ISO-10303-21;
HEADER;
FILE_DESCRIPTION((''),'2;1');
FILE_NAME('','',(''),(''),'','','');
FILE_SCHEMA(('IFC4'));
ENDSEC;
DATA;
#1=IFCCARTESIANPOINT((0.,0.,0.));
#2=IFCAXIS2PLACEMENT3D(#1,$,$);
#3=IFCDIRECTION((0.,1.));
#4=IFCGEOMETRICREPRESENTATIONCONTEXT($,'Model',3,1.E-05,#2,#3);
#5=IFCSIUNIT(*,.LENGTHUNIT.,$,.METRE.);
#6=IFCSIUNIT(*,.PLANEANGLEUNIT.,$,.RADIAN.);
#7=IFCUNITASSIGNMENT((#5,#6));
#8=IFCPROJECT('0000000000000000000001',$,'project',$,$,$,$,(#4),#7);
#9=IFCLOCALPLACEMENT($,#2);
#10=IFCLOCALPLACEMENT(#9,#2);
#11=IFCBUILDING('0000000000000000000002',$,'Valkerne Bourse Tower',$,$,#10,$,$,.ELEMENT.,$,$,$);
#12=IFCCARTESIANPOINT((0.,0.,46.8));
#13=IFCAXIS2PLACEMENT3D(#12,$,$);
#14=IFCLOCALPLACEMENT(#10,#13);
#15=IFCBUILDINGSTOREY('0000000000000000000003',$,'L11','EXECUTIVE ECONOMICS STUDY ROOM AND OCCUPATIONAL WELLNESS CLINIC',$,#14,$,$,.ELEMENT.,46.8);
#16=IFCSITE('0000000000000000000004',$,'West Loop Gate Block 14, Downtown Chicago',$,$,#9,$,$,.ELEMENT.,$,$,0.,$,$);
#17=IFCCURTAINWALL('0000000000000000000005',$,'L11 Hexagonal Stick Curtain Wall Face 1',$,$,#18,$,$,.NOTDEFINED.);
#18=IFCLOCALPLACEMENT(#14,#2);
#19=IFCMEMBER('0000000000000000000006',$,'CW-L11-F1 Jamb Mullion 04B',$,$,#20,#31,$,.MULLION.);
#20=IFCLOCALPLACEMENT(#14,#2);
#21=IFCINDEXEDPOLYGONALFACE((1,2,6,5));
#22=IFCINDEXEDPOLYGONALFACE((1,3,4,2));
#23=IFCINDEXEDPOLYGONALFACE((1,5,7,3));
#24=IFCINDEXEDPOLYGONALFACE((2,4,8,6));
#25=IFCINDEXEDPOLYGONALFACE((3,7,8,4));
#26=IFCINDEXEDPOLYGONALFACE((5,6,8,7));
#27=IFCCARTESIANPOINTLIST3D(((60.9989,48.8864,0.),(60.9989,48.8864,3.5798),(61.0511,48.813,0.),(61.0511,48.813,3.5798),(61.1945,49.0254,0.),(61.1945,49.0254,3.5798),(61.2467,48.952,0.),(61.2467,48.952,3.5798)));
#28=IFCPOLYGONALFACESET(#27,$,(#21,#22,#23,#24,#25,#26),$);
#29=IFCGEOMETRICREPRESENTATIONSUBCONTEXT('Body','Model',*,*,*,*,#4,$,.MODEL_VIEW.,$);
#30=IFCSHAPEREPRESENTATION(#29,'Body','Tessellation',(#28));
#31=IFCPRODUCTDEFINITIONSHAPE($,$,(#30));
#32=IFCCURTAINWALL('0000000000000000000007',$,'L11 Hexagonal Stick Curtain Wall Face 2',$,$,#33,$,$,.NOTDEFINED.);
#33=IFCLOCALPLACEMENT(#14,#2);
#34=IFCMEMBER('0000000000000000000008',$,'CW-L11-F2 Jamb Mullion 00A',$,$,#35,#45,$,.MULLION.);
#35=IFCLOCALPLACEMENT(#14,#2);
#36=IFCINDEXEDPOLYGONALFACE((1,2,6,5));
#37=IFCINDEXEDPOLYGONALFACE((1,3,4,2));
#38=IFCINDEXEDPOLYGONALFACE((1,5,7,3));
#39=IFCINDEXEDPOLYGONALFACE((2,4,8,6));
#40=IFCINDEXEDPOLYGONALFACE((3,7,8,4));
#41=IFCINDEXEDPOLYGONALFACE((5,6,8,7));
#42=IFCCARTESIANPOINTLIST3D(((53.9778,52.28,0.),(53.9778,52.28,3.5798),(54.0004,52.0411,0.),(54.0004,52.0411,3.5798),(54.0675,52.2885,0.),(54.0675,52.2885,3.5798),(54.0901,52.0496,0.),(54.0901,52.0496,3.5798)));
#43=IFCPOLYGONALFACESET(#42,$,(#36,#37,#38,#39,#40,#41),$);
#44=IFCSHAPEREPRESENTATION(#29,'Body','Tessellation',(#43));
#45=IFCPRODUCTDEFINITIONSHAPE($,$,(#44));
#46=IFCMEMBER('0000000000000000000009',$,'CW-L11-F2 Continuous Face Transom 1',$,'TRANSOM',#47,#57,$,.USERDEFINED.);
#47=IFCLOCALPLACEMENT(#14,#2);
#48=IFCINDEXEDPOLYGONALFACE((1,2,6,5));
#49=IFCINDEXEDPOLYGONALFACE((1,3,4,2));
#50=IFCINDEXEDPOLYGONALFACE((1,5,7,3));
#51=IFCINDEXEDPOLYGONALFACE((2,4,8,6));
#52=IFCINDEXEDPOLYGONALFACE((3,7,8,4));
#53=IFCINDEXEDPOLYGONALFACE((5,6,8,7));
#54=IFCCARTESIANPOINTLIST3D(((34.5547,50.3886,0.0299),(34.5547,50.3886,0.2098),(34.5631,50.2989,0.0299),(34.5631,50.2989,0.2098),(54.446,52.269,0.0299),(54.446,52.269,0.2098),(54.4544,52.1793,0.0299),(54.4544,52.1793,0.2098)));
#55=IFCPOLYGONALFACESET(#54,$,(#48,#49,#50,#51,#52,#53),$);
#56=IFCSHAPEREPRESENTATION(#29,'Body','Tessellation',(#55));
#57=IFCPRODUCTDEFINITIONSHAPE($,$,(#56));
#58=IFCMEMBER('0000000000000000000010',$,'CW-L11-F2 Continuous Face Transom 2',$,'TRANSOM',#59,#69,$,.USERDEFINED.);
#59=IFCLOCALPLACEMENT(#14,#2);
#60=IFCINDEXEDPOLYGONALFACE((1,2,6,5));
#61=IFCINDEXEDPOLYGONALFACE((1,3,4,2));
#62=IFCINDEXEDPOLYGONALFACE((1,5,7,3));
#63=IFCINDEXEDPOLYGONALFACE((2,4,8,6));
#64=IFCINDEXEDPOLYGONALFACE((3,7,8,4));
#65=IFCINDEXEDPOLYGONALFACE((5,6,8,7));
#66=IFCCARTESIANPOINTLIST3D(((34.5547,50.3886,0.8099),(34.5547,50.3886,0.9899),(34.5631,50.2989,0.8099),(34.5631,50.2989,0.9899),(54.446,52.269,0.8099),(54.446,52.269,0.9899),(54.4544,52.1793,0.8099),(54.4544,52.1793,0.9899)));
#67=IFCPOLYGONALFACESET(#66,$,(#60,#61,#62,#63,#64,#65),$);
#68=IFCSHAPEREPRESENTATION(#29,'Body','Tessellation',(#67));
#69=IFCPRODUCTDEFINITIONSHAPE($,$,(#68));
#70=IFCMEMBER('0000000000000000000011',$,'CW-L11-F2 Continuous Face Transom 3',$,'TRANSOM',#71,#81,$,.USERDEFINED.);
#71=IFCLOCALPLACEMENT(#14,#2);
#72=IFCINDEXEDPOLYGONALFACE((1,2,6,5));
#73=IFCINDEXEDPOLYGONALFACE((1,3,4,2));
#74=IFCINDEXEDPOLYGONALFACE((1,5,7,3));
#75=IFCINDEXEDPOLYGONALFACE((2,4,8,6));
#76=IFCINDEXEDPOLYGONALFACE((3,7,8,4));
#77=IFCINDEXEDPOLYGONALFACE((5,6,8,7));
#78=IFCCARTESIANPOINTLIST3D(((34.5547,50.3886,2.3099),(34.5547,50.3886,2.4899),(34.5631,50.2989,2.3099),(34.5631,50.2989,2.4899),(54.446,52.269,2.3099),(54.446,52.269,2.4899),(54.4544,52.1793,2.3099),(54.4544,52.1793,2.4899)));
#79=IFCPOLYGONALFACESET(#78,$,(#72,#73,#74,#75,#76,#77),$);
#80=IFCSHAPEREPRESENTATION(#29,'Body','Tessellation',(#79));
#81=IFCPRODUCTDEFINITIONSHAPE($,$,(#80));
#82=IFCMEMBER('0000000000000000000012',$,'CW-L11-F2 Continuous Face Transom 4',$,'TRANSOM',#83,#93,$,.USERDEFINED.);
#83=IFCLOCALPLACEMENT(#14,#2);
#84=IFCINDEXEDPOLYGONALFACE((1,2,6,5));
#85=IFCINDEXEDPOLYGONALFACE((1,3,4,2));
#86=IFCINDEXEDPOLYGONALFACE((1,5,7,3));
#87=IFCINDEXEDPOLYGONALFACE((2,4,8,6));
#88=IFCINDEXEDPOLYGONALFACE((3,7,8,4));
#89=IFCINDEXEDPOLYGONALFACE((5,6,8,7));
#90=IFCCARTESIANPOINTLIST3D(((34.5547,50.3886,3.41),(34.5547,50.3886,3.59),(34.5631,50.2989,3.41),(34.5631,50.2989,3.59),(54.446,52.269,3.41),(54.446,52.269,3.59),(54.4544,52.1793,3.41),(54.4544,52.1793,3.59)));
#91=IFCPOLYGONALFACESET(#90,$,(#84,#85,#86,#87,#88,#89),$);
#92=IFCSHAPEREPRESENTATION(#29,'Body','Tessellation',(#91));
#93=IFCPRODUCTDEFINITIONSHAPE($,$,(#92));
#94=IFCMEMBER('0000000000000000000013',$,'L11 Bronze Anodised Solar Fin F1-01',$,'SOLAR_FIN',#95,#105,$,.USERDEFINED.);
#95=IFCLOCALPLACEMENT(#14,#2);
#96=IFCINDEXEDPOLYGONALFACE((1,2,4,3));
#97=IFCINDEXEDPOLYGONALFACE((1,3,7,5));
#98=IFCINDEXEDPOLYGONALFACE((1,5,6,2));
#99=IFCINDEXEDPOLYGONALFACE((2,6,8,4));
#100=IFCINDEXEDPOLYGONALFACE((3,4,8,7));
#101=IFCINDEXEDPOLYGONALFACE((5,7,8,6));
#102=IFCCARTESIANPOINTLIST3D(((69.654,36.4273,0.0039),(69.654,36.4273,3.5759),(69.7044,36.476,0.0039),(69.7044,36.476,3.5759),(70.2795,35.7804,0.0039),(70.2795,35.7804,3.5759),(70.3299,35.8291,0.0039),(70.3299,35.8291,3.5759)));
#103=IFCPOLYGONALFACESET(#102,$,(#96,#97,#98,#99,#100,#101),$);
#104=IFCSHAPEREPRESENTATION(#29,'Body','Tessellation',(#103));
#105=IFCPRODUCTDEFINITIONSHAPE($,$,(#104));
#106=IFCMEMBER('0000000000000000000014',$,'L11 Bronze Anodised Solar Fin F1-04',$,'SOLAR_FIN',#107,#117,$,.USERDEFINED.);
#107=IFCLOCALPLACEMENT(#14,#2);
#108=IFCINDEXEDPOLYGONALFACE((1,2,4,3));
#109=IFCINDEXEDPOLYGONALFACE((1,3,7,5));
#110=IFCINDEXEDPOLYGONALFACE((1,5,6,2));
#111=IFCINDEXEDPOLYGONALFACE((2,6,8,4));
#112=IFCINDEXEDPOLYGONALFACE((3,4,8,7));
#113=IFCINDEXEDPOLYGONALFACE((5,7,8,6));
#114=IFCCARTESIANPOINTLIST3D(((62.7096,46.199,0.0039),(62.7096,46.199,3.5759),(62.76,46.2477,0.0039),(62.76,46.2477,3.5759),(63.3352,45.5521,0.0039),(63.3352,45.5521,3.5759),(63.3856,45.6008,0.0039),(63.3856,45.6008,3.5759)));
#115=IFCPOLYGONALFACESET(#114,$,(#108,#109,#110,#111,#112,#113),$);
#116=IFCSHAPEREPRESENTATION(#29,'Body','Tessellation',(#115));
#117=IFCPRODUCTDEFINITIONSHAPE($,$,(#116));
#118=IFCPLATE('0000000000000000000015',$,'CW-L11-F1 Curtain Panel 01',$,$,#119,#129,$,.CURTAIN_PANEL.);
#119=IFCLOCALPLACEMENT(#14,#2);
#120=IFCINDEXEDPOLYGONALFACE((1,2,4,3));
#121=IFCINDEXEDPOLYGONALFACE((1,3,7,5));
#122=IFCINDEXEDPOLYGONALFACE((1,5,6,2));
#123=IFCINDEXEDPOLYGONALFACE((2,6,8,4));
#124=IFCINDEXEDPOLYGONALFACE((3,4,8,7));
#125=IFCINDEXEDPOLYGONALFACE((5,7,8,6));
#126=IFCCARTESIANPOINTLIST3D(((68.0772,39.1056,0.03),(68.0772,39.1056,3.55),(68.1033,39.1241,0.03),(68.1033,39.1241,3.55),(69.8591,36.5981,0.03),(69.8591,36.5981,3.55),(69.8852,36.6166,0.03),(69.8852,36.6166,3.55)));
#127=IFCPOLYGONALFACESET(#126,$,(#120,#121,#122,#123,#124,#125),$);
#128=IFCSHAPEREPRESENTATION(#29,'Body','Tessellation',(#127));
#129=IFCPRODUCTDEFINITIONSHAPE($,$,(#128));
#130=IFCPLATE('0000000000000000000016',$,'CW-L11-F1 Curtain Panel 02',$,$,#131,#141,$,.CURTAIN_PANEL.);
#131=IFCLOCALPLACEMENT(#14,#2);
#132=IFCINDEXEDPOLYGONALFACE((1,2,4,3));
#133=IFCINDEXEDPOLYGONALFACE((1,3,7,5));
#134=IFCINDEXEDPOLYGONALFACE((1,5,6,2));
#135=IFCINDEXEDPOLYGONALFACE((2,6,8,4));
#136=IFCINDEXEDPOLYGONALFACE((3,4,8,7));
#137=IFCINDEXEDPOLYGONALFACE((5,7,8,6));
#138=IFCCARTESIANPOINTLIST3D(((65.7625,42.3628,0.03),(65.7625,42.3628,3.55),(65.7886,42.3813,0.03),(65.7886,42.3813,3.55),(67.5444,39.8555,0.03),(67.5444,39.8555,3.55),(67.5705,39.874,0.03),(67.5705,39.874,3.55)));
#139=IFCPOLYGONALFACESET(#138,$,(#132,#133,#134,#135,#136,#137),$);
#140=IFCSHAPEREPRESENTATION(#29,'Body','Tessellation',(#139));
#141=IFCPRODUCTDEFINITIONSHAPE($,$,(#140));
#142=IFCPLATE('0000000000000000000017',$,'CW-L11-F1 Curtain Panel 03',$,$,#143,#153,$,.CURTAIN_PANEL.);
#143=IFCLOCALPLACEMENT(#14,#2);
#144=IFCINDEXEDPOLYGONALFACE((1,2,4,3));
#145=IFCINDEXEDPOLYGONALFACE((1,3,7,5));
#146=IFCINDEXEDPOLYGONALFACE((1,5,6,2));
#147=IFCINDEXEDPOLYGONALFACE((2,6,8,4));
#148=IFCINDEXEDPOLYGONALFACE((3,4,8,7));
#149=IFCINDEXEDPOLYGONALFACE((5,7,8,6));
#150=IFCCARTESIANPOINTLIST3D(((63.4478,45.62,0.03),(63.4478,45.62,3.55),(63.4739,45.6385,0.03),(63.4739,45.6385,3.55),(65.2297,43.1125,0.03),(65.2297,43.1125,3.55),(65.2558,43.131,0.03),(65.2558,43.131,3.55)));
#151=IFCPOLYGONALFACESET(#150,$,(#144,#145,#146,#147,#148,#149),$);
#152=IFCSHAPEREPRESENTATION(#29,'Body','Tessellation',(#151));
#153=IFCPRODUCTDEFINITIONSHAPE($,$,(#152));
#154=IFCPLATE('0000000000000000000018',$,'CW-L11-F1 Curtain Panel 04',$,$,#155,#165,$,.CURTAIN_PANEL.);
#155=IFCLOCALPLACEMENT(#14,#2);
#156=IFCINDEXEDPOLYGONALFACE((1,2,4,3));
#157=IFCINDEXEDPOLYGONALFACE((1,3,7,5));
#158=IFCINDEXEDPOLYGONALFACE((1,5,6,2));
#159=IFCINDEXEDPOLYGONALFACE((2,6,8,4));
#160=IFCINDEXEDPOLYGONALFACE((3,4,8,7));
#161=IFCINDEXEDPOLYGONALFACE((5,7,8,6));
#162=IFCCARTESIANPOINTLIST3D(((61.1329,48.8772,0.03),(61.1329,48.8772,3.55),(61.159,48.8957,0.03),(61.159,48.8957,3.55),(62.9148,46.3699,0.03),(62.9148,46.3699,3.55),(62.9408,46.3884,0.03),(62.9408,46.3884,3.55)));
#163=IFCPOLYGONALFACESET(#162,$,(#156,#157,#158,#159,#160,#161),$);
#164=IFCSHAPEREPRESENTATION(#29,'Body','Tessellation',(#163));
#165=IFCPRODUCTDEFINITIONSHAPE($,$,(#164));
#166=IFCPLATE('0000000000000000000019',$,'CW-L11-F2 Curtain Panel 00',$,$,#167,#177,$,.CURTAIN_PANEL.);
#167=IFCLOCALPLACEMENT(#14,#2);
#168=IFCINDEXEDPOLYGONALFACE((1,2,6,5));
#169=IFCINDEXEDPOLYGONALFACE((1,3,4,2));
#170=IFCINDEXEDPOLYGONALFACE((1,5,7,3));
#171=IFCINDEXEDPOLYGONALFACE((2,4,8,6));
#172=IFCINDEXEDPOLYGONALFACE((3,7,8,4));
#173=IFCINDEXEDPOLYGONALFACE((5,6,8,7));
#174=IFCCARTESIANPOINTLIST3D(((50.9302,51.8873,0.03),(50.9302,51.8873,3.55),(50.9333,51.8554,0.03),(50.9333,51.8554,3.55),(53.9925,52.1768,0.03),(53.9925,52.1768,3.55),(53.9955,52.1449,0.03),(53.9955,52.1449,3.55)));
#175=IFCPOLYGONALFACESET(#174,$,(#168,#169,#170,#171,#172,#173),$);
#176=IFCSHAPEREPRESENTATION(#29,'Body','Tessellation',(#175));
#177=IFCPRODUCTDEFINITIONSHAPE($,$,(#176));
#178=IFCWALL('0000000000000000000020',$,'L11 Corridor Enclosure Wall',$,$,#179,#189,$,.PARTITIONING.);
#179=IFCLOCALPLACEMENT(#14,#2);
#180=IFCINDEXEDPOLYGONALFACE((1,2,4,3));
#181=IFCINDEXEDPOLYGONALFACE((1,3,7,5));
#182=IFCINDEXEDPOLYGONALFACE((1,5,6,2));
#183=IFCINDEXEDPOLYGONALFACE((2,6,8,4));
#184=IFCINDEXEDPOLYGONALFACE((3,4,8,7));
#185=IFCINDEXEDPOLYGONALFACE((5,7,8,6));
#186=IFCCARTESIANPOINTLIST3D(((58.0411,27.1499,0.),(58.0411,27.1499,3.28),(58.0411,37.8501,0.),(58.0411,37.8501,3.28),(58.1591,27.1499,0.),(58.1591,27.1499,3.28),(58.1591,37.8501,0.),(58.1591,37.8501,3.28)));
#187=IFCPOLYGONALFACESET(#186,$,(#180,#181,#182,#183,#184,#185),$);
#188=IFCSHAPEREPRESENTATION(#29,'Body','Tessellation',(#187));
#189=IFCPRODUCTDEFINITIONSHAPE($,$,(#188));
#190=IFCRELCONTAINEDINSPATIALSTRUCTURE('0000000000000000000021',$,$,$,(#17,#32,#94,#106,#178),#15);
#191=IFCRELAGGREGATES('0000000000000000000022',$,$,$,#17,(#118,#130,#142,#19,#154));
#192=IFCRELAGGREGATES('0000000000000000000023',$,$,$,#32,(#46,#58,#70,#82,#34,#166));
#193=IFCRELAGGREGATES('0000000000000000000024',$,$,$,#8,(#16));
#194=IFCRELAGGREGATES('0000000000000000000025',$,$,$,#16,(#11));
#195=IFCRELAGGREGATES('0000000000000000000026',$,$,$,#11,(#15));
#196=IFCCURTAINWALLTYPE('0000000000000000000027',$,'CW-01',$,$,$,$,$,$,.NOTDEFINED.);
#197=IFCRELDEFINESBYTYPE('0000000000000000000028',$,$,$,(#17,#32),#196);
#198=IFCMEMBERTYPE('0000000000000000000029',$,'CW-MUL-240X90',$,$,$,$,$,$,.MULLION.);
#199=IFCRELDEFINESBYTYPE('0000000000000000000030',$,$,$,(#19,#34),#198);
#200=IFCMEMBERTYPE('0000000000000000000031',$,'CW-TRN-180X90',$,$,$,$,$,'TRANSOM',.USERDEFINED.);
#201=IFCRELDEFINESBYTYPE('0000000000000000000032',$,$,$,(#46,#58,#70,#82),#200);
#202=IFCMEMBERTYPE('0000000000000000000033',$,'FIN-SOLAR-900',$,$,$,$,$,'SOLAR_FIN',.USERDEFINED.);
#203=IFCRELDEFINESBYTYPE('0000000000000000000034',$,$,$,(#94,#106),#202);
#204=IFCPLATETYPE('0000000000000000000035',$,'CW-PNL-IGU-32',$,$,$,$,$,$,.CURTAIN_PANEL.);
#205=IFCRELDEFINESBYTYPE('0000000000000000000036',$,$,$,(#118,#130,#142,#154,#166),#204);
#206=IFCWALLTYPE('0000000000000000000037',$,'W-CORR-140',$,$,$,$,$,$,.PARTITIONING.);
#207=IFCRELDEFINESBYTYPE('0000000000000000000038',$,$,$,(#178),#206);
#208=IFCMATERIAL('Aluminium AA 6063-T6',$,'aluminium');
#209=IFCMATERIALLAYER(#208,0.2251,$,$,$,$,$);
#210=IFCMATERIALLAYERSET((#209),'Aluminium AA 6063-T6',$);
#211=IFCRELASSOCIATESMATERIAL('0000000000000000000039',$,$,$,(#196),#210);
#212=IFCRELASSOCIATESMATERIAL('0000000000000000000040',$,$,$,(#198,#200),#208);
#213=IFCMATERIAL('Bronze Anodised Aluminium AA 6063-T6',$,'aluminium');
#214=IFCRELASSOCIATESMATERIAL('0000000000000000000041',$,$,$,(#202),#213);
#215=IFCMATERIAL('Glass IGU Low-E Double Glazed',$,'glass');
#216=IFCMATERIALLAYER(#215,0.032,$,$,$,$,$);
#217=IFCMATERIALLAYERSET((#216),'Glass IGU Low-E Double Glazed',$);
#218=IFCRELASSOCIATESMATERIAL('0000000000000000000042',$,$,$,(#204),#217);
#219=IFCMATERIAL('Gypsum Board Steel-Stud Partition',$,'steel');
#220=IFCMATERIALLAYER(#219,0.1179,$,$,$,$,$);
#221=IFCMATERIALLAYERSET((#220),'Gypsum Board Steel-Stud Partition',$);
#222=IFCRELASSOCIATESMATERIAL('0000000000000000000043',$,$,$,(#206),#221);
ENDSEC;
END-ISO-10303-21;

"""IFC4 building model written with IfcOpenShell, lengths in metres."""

from ifc_helpers import new_model, si_unit, direction, frame, frame_2d, origin, origin_2d, place, context, subcontext, project, spatial, rectangle, extrude, material, layer, layer_set, material_profile, profile_set, type_object, element, aggregate, save


model = new_model("IFC4")

# Units and contexts
model_context = context("Model", 3, precision=1e-05, world=origin(), true_north=direction((0.0, 1.0)))
body_context = subcontext(model_context, "Body", "Model", "MODEL_VIEW")
ifc_project = project(units=[si_unit("LENGTHUNIT", "METRE"), si_unit("PLANEANGLEUNIT", "RADIAN")], contexts=[model_context])

# Site, building, storey
site_placement = place(None, origin())
site = spatial("IfcSite", under=ifc_project, at=site_placement, Name="West Loop Gate Block 14, Downtown Chicago", CompositionType="ELEMENT", RefElevation=0.0)
building_placement = place(site_placement, origin())
building = spatial("IfcBuilding", under=site, at=building_placement, Name="Valkerne Bourse Tower", CompositionType="ELEMENT")
storey_placement = place(building_placement, frame((0.0, 0.0, 46.8)))
storey = spatial("IfcBuildingStorey", under=building, at=storey_placement, Name="L11", Description="EXECUTIVE ECONOMICS STUDY ROOM AND OCCUPATIONAL WELLNESS CLINIC", CompositionType="ELEMENT", Elevation=46.8)

# Curtain walls, members
ifc_material_1 = material(Name="Aluminium AA 6063-T6", Category="aluminium")
ifc_layer_1 = layer(ifc_material_1, 0.2251)
ifc_layer_set_1 = layer_set([ifc_layer_1], Name="Aluminium AA 6063-T6")
curtain_wall_type = type_object("IfcCurtainWallType", Name="CW-01", PredefinedType="NOTDEFINED", material=ifc_layer_set_1)
curtain_wall_1_placement = place(storey_placement, origin())
curtain_wall_1 = element("IfcCurtainWall", 1, at=curtain_wall_1_placement, inside=storey, type_object=curtain_wall_type, Name="L11 Hexagonal Stick Curtain Wall Face 1", PredefinedType="NOTDEFINED")
ifc_material_profile_1 = material_profile(ifc_material_1, rectangle(XDim=0.0901, YDim=0.24, at=origin_2d()), Name="CWM-90X240")
ifc_profile_set_1 = profile_set([ifc_material_profile_1], Name="Aluminium AA 6063-T6")
member_type_1 = type_object("IfcMemberType", Name="CW-MUL-240X90", PredefinedType="MULLION", material=ifc_profile_set_1)
member_1_placement = place(storey_placement, frame((61.1228, 48.9192, 0.0), z_axis=(0.0, 0.0, 1.0), x_axis=(-0.579286, 0.815124, 0.0)))
member_1 = element("IfcMember", 2, at=member_1_placement, type_object=member_type_1, Name="CW-L11-F1 Jamb Mullion 04B", PredefinedType="MULLION", context=body_context, shape_type="SweptSolid", body=[
    extrude(rectangle(XDim=0.0901, YDim=0.24, at=origin_2d()), origin(), (0.0, 0.0, 1.0), 3.5798),
])
curtain_wall_2_placement = place(storey_placement, origin())
curtain_wall_2 = element("IfcCurtainWall", 3, at=curtain_wall_2_placement, inside=storey, type_object=curtain_wall_type, Name="L11 Hexagonal Stick Curtain Wall Face 2", PredefinedType="NOTDEFINED")
member_2_placement = place(storey_placement, frame((54.0339, 52.1648, 0.0), z_axis=(0.0, 0.0, 1.0), x_axis=(-0.995561, -0.094121, 0.0)))
member_2 = element("IfcMember", 4, at=member_2_placement, type_object=member_type_1, Name="CW-L11-F2 Jamb Mullion 00A", PredefinedType="MULLION", context=body_context, shape_type="SweptSolid", body=[
    extrude(rectangle(XDim=0.0901, YDim=0.24, at=origin_2d()), origin(), (0.0, 0.0, 1.0), 3.5798),
])
ifc_material_profile_2 = material_profile(ifc_material_1, rectangle(XDim=0.0901, YDim=0.1799, at=origin_2d()), Name="CWT-90X180")
ifc_profile_set_2 = profile_set([ifc_material_profile_2], Name="Aluminium AA 6063-T6")
member_type_2 = type_object("IfcMemberType", Name="CW-TRN-180X90", ElementType="TRANSOM", PredefinedType="USERDEFINED", material=ifc_profile_set_2)
member_3_placement = place(storey_placement, frame((54.4502, 52.2241, 0.1199), z_axis=(-0.995562, -0.094112, 0.0), x_axis=(0.094112, -0.995562, 0.0)))
member_3 = element("IfcMember", 5, at=member_3_placement, type_object=member_type_2, Name="CW-L11-F2 Continuous Face Transom 1", ObjectType="TRANSOM", PredefinedType="USERDEFINED", context=body_context, shape_type="SweptSolid", body=[
    extrude(rectangle(XDim=0.0901, YDim=0.1799, at=origin_2d()), origin(), (0.0, 0.0, 1.0), 19.98),
])
member_4_placement = place(storey_placement, frame((54.4502, 52.2241, 0.8999), z_axis=(-0.995562, -0.094112, 0.0), x_axis=(0.094112, -0.995562, 0.0)))
member_4 = element("IfcMember", 6, at=member_4_placement, type_object=member_type_2, Name="CW-L11-F2 Continuous Face Transom 2", ObjectType="TRANSOM", PredefinedType="USERDEFINED", context=body_context, shape_type="SweptSolid", body=[
    extrude(rectangle(XDim=0.0901, YDim=0.1799, at=origin_2d()), origin(), (0.0, 0.0, 1.0), 19.98),
])
member_5_placement = place(storey_placement, frame((54.4502, 52.2241, 2.3999), z_axis=(-0.995562, -0.094112, 0.0), x_axis=(0.094112, -0.995562, 0.0)))
member_5 = element("IfcMember", 7, at=member_5_placement, type_object=member_type_2, Name="CW-L11-F2 Continuous Face Transom 3", ObjectType="TRANSOM", PredefinedType="USERDEFINED", context=body_context, shape_type="SweptSolid", body=[
    extrude(rectangle(XDim=0.0901, YDim=0.1799, at=origin_2d()), origin(), (0.0, 0.0, 1.0), 19.98),
])
member_6_placement = place(storey_placement, frame((54.4502, 52.2241, 3.5), z_axis=(-0.995562, -0.094112, 0.0), x_axis=(0.094112, -0.995562, 0.0)))
member_6 = element("IfcMember", 8, at=member_6_placement, type_object=member_type_2, Name="CW-L11-F2 Continuous Face Transom 4", ObjectType="TRANSOM", PredefinedType="USERDEFINED", context=body_context, shape_type="SweptSolid", body=[
    extrude(rectangle(XDim=0.0901, YDim=0.1799, at=origin_2d()), origin(), (0.0, 0.0, 1.0), 19.98),
])

# Members
ifc_material_2 = material(Name="Bronze Anodised Aluminium AA 6063-T6", Category="aluminium")
ifc_material_profile_3 = material_profile(ifc_material_2, rectangle(XDim=0.0701, YDim=0.8999, at=origin_2d()), Name="FIN-70X900")
ifc_profile_set_3 = profile_set([ifc_material_profile_3], Name="Bronze Anodised Aluminium AA 6063-T6")
member_type_3 = type_object("IfcMemberType", Name="FIN-SOLAR-900", ElementType="SOLAR_FIN", PredefinedType="USERDEFINED", material=ifc_profile_set_3)
for number, where, z_axis, x_axis, name in (
    (9, (69.9919, 36.1282, 0.0039), (0.0, 0.0, 1.0), (0.718878, 0.695137, 0.0), "L11 Bronze Anodised Solar Fin F1-01"),
    (10, (63.0476, 45.8999, 0.0039), (0.0, 0.0, 1.0), (0.71887, 0.695145, 0.0), "L11 Bronze Anodised Solar Fin F1-04"),
):
    element("IfcMember", number, at=place(storey_placement, frame(where, z_axis=z_axis, x_axis=x_axis)), inside=storey, type_object=member_type_3, Name=name, ObjectType="SOLAR_FIN", PredefinedType="USERDEFINED", context=body_context, shape_type="SweptSolid", body=[
        extrude(rectangle(XDim=0.0701, YDim=0.8999, at=origin_2d()), origin(), (0.0, 0.0, 1.0), 3.572),
    ])

# Plates
ifc_material_3 = material(Name="Glass IGU Low-E Double Glazed", Category="glass")
ifc_layer_2 = layer(ifc_material_3, 0.032)
ifc_layer_set_2 = layer_set([ifc_layer_2], Name="Glass IGU Low-E Double Glazed")
plate_type = type_object("IfcPlateType", Name="CW-PNL-IGU-32", PredefinedType="CURTAIN_PANEL", material=ifc_layer_set_2)
plate_1_placement = place(storey_placement, frame((68.9812, 37.8611, 0.03), z_axis=(0.0, 0.0, 1.0), x_axis=(-0.579274, 0.815133, 0.0)))
plate_1 = element("IfcPlate", 11, at=plate_1_placement, type_object=plate_type, Name="CW-L11-F1 Curtain Panel 01", PredefinedType="CURTAIN_PANEL", context=body_context, shape_type="SweptSolid", body=[
    extrude(rectangle(XDim=3.0762, YDim=0.032, at=origin_2d()), origin(), (0.0, 0.0, 1.0), 3.52),
])
plate_2_placement = place(storey_placement, frame((66.6665, 41.1184, 0.03), z_axis=(0.0, 0.0, 1.0), x_axis=(-0.579286, 0.815124, 0.0)))
plate_2 = element("IfcPlate", 12, at=plate_2_placement, type_object=plate_type, Name="CW-L11-F1 Curtain Panel 02", PredefinedType="CURTAIN_PANEL", context=body_context, shape_type="SweptSolid", body=[
    extrude(rectangle(XDim=3.0759, YDim=0.032, at=origin_2d()), origin(), (0.0, 0.0, 1.0), 3.52),
])
plate_3_placement = place(storey_placement, frame((64.3518, 44.3755, 0.03), z_axis=(0.0, 0.0, 1.0), x_axis=(-0.579274, 0.815133, 0.0)))
plate_3 = element("IfcPlate", 13, at=plate_3_placement, type_object=plate_type, Name="CW-L11-F1 Curtain Panel 03", PredefinedType="CURTAIN_PANEL", context=body_context, shape_type="SweptSolid", body=[
    extrude(rectangle(XDim=3.0762, YDim=0.032, at=origin_2d()), origin(), (0.0, 0.0, 1.0), 3.52),
])
plate_4_placement = place(storey_placement, frame((62.0369, 47.6328, 0.03), z_axis=(0.0, 0.0, 1.0), x_axis=(-0.579286, 0.815124, 0.0)))
plate_4 = element("IfcPlate", 14, at=plate_4_placement, type_object=plate_type, Name="CW-L11-F1 Curtain Panel 04", PredefinedType="CURTAIN_PANEL", context=body_context, shape_type="SweptSolid", body=[
    extrude(rectangle(XDim=3.0759, YDim=0.032, at=origin_2d()), origin(), (0.0, 0.0, 1.0), 3.52),
])
aggregate(curtain_wall_1, [plate_1, plate_2, plate_3, member_1, plate_4])
plate_5_placement = place(storey_placement, frame((52.4629, 52.0161, 0.03), z_axis=(0.0, 0.0, 1.0), x_axis=(-0.995561, -0.094121, 0.0)))
plate_5 = element("IfcPlate", 15, at=plate_5_placement, type_object=plate_type, Name="CW-L11-F2 Curtain Panel 00", PredefinedType="CURTAIN_PANEL", context=body_context, shape_type="SweptSolid", body=[
    extrude(rectangle(XDim=3.0759, YDim=0.032, at=origin_2d()), origin(), (0.0, 0.0, 1.0), 3.52),
])
aggregate(curtain_wall_2, [member_3, member_4, member_5, member_6, member_2, plate_5])

# Wall
ifc_material_4 = material(Name="Gypsum Board Steel-Stud Partition", Category="steel")
ifc_layer_3 = layer(ifc_material_4, 0.1179)
ifc_layer_set_3 = layer_set([ifc_layer_3], Name="Gypsum Board Steel-Stud Partition")
wall_type = type_object("IfcWallType", Name="W-CORR-140", PredefinedType="PARTITIONING", material=ifc_layer_set_3)
wall_placement = place(storey_placement, frame((58.1001, 37.8501, 0.0), z_axis=(0.0, 0.0, 1.0), x_axis=(0.0, -1.0, 0.0)))
element("IfcWall", 16, at=wall_placement, inside=storey, type_object=wall_type, Name="L11 Corridor Enclosure Wall", PredefinedType="PARTITIONING", context=body_context, shape_type="SweptSolid", body=[
    extrude(rectangle(XDim=10.7002, YDim=0.1179, at=frame_2d((5.3501, 0.0))), origin(), (0.0, 0.0, 1.0), 3.28),
])

save(model, "model.ifc")
